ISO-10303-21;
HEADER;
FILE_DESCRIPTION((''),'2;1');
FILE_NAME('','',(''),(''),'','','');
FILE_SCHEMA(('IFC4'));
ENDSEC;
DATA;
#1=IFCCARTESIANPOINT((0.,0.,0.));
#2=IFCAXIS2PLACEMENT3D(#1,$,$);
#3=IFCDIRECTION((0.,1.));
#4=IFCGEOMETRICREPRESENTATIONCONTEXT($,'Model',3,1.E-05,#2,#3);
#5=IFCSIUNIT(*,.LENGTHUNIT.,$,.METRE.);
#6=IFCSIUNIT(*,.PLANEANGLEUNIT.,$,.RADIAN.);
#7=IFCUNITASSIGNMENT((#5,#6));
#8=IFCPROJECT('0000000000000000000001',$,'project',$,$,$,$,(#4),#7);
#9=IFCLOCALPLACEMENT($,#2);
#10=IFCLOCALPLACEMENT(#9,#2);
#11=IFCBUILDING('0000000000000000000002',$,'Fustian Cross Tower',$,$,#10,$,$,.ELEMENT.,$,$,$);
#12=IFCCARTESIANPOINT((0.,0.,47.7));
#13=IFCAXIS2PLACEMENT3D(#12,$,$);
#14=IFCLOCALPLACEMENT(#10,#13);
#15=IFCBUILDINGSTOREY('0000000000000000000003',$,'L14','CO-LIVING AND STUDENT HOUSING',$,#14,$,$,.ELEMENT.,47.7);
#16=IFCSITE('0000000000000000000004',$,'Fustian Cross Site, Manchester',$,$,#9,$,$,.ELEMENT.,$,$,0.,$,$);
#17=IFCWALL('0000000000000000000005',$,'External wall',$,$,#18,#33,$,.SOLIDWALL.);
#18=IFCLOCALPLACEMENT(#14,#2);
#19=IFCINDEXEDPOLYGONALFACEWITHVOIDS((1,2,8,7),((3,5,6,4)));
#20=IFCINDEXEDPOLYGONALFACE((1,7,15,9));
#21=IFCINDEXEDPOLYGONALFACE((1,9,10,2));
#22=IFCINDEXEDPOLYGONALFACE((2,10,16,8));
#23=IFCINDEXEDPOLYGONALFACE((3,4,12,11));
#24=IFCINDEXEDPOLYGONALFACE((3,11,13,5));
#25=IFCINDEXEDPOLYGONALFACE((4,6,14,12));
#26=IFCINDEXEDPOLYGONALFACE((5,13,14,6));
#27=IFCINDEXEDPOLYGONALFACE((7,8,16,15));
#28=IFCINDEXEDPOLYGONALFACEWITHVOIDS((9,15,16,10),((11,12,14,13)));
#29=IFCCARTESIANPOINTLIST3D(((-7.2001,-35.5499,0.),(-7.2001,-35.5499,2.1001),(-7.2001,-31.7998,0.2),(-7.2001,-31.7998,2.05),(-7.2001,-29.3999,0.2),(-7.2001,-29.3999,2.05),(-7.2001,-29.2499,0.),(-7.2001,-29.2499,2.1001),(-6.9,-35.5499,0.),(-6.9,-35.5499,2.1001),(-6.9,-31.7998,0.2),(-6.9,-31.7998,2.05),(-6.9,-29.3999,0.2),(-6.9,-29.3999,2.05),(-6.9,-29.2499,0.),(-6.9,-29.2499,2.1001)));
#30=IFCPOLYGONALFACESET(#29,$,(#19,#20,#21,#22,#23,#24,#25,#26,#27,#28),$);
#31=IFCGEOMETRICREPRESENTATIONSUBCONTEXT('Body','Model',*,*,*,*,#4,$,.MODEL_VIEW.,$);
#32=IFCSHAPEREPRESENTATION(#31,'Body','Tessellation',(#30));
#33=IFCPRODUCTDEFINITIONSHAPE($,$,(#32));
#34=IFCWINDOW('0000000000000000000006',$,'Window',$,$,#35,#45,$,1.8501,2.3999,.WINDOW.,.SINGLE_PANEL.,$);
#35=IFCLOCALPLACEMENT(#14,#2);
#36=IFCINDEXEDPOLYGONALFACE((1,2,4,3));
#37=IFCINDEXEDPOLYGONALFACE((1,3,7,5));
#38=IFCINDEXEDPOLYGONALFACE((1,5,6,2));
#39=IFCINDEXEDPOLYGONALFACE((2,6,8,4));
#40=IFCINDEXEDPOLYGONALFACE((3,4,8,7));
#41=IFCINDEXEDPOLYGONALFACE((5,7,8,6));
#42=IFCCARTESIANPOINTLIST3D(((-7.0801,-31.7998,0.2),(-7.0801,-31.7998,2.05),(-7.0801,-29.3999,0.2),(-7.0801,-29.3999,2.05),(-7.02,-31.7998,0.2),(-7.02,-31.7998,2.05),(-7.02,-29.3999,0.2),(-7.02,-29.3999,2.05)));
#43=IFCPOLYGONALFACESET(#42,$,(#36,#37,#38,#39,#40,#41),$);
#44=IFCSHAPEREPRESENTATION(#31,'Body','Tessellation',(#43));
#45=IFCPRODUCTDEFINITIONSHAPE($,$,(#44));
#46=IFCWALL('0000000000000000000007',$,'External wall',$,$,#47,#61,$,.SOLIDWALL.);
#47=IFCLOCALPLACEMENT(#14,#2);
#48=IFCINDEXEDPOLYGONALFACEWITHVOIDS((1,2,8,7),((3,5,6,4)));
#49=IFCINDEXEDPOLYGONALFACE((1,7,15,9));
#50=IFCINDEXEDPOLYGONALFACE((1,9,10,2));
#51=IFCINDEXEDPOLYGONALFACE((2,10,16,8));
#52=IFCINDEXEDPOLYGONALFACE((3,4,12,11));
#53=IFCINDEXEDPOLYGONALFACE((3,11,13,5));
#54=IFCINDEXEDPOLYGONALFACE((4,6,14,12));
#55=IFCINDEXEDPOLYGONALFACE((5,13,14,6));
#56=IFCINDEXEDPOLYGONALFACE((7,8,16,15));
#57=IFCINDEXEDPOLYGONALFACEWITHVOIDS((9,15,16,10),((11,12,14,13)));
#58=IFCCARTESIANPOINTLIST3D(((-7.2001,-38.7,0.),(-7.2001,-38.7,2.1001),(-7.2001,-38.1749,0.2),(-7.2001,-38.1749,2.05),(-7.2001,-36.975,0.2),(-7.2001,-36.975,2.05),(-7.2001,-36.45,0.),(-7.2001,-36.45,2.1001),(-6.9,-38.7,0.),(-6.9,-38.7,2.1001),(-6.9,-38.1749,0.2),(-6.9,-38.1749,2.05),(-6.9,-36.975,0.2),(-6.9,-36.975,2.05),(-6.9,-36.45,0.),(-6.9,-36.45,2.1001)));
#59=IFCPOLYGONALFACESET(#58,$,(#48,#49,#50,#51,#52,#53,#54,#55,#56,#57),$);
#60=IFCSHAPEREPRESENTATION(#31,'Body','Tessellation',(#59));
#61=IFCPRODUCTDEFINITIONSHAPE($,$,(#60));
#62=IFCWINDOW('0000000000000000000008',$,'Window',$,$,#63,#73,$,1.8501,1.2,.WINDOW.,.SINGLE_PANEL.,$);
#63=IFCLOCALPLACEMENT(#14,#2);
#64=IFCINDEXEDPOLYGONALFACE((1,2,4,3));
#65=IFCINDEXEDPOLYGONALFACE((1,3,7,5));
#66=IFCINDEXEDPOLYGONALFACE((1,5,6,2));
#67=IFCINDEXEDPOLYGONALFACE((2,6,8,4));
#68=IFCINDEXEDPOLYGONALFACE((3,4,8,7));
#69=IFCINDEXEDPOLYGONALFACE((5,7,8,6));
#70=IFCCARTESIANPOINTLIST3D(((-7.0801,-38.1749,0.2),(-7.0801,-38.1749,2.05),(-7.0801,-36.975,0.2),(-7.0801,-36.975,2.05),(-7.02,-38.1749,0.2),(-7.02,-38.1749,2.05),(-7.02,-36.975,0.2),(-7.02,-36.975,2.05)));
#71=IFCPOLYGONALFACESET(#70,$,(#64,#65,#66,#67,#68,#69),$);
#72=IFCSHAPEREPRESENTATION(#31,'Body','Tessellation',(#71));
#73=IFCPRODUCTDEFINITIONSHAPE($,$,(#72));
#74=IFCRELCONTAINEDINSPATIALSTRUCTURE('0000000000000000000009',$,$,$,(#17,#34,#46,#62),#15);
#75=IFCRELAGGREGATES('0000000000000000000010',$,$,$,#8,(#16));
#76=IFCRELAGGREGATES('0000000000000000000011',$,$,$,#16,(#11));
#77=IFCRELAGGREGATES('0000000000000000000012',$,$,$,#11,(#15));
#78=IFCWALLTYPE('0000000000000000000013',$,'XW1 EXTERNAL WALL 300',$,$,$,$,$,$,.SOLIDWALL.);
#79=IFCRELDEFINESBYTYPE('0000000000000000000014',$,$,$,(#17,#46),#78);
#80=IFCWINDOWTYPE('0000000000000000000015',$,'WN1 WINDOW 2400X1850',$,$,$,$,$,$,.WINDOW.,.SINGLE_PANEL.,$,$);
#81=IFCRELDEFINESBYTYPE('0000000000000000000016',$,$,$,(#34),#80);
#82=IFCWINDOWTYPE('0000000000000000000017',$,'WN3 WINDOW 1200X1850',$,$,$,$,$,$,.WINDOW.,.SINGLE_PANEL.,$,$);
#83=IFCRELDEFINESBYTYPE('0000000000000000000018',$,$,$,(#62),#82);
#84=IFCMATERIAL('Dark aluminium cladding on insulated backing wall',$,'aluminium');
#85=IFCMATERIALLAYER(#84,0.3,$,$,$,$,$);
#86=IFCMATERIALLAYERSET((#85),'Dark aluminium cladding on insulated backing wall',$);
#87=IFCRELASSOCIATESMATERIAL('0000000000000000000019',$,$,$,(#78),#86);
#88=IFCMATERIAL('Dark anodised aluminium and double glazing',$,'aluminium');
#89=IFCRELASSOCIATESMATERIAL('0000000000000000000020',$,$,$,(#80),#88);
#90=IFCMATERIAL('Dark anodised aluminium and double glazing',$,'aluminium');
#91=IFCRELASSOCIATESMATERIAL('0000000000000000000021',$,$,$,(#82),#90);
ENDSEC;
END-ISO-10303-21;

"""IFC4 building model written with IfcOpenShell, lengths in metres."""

from ifc_helpers import new_model, si_unit, direction, frame, frame_2d, origin, place, context, subcontext, project, spatial, rectangle, extrude, material, layer, layer_set, type_object, element, fill, save


model = new_model("IFC4")

# Units and contexts
model_context = context("Model", 3, precision=1e-05, world=origin(), true_north=direction((0.0, 1.0)))
body_context = subcontext(model_context, "Body", "Model", "MODEL_VIEW")
ifc_project = project(units=[si_unit("LENGTHUNIT", "METRE"), si_unit("PLANEANGLEUNIT", "RADIAN")], contexts=[model_context])

# Site, building, storey
site_placement = place(None, origin())
site = spatial("IfcSite", under=ifc_project, at=site_placement, Name="Fustian Cross Site, Manchester", CompositionType="ELEMENT", RefElevation=0.0)
building_placement = place(site_placement, origin())
building = spatial("IfcBuilding", under=site, at=building_placement, Name="Fustian Cross Tower", CompositionType="ELEMENT")
storey_placement = place(building_placement, frame((0.0, 0.0, 47.7)))
storey = spatial("IfcBuildingStorey", under=building, at=storey_placement, Name="L14", Description="CO-LIVING AND STUDENT HOUSING", CompositionType="ELEMENT", Elevation=47.7)

# Walls, openings, windows
ifc_material_1 = material(Name="Dark aluminium cladding on insulated backing wall", Category="aluminium")
ifc_layer_1 = layer(ifc_material_1, 0.3)
ifc_layer_set_1 = layer_set([ifc_layer_1], Name="Dark aluminium cladding on insulated backing wall")
wall_type_1 = type_object("IfcWallType", Name="XW1 EXTERNAL WALL 300", PredefinedType="SOLIDWALL", material=ifc_layer_set_1)
wall_1_placement = place(storey_placement, frame((-7.05, -29.25, 0.0), z_axis=(0.0, 0.0, 1.0), x_axis=(0.0, -1.0, 0.0)))
wall_1 = element("IfcWall", 1, at=wall_1_placement, inside=storey, type_object=wall_type_1, Name="External wall", PredefinedType="SOLIDWALL", context=body_context, shape_type="SweptSolid", body=[
    extrude(rectangle(XDim=6.3, YDim=0.3, at=frame_2d((3.1499, 0.0))), origin(), (0.0, 0.0, 1.0), 2.1001),
])
opening_1_placement = place(wall_1_placement, frame((0.1499, 0.0, 0.2)))
opening_1 = element("IfcOpeningElement", 2, at=opening_1_placement, cuts=wall_1, PredefinedType="OPENING", context=body_context, shape_type="SweptSolid", body=[
    extrude(rectangle(XDim=2.3999, YDim=1.8501, at=frame_2d((1.2, 0.925))), frame((0.0, 0.1599, 0.0), z_axis=(0.0, -1.0, 0.0), x_axis=(1.0, 0.0, 0.0)), (0.0, 0.0, 1.0), 0.3201),
])
ifc_material_2 = material(Name="Dark anodised aluminium and double glazing", Category="aluminium")
window_type_1 = type_object("IfcWindowType", Name="WN1 WINDOW 2400X1850", PartitioningType="SINGLE_PANEL", PredefinedType="WINDOW", material=ifc_material_2)
window_1_placement = place(opening_1_placement, origin())
window_1 = element("IfcWindow", 3, at=window_1_placement, inside=storey, type_object=window_type_1, Name="Window", OverallHeight=1.8501, OverallWidth=2.3999, PartitioningType="SINGLE_PANEL", PredefinedType="WINDOW", context=body_context, shape_type="SweptSolid", body=[
    extrude(rectangle(XDim=2.3999, YDim=1.8501, at=frame_2d((1.2, 0.925))), frame((0.0, 0.03, 0.0), z_axis=(0.0, -1.0, 0.0), x_axis=(1.0, 0.0, 0.0)), (0.0, 0.0, 1.0), 0.0601),
])
fill(opening_1, window_1)
wall_2_placement = place(storey_placement, frame((-7.05, -36.45, 0.0), z_axis=(0.0, 0.0, 1.0), x_axis=(0.0, -1.0, 0.0)))
wall_2 = element("IfcWall", 4, at=wall_2_placement, inside=storey, type_object=wall_type_1, Name="External wall", PredefinedType="SOLIDWALL", context=body_context, shape_type="SweptSolid", body=[
    extrude(rectangle(XDim=2.25, YDim=0.3, at=frame_2d((1.125, 0.0))), origin(), (0.0, 0.0, 1.0), 2.1001),
])
opening_2_placement = place(wall_2_placement, frame((0.5249, 0.0, 0.2)))
opening_2 = element("IfcOpeningElement", 5, at=opening_2_placement, cuts=wall_2, PredefinedType="OPENING", context=body_context, shape_type="SweptSolid", body=[
    extrude(rectangle(XDim=1.2, YDim=1.8501, at=frame_2d((0.6001, 0.925))), frame((0.0, 0.1599, 0.0), z_axis=(0.0, -1.0, 0.0), x_axis=(1.0, 0.0, 0.0)), (0.0, 0.0, 1.0), 0.3201),
])
ifc_material_3 = material(Name="Dark anodised aluminium and double glazing", Category="aluminium")
window_type_2 = type_object("IfcWindowType", Name="WN3 WINDOW 1200X1850", PartitioningType="SINGLE_PANEL", PredefinedType="WINDOW", material=ifc_material_3)
window_2_placement = place(opening_2_placement, origin())
window_2 = element("IfcWindow", 6, at=window_2_placement, inside=storey, type_object=window_type_2, Name="Window", OverallHeight=1.8501, OverallWidth=1.2, PartitioningType="SINGLE_PANEL", PredefinedType="WINDOW", context=body_context, shape_type="SweptSolid", body=[
    extrude(rectangle(XDim=1.2, YDim=1.8501, at=frame_2d((0.6001, 0.925))), frame((0.0, 0.03, 0.0), z_axis=(0.0, -1.0, 0.0), x_axis=(1.0, 0.0, 0.0)), (0.0, 0.0, 1.0), 0.0601),
])
fill(opening_2, window_2)

save(model, "model.ifc")
